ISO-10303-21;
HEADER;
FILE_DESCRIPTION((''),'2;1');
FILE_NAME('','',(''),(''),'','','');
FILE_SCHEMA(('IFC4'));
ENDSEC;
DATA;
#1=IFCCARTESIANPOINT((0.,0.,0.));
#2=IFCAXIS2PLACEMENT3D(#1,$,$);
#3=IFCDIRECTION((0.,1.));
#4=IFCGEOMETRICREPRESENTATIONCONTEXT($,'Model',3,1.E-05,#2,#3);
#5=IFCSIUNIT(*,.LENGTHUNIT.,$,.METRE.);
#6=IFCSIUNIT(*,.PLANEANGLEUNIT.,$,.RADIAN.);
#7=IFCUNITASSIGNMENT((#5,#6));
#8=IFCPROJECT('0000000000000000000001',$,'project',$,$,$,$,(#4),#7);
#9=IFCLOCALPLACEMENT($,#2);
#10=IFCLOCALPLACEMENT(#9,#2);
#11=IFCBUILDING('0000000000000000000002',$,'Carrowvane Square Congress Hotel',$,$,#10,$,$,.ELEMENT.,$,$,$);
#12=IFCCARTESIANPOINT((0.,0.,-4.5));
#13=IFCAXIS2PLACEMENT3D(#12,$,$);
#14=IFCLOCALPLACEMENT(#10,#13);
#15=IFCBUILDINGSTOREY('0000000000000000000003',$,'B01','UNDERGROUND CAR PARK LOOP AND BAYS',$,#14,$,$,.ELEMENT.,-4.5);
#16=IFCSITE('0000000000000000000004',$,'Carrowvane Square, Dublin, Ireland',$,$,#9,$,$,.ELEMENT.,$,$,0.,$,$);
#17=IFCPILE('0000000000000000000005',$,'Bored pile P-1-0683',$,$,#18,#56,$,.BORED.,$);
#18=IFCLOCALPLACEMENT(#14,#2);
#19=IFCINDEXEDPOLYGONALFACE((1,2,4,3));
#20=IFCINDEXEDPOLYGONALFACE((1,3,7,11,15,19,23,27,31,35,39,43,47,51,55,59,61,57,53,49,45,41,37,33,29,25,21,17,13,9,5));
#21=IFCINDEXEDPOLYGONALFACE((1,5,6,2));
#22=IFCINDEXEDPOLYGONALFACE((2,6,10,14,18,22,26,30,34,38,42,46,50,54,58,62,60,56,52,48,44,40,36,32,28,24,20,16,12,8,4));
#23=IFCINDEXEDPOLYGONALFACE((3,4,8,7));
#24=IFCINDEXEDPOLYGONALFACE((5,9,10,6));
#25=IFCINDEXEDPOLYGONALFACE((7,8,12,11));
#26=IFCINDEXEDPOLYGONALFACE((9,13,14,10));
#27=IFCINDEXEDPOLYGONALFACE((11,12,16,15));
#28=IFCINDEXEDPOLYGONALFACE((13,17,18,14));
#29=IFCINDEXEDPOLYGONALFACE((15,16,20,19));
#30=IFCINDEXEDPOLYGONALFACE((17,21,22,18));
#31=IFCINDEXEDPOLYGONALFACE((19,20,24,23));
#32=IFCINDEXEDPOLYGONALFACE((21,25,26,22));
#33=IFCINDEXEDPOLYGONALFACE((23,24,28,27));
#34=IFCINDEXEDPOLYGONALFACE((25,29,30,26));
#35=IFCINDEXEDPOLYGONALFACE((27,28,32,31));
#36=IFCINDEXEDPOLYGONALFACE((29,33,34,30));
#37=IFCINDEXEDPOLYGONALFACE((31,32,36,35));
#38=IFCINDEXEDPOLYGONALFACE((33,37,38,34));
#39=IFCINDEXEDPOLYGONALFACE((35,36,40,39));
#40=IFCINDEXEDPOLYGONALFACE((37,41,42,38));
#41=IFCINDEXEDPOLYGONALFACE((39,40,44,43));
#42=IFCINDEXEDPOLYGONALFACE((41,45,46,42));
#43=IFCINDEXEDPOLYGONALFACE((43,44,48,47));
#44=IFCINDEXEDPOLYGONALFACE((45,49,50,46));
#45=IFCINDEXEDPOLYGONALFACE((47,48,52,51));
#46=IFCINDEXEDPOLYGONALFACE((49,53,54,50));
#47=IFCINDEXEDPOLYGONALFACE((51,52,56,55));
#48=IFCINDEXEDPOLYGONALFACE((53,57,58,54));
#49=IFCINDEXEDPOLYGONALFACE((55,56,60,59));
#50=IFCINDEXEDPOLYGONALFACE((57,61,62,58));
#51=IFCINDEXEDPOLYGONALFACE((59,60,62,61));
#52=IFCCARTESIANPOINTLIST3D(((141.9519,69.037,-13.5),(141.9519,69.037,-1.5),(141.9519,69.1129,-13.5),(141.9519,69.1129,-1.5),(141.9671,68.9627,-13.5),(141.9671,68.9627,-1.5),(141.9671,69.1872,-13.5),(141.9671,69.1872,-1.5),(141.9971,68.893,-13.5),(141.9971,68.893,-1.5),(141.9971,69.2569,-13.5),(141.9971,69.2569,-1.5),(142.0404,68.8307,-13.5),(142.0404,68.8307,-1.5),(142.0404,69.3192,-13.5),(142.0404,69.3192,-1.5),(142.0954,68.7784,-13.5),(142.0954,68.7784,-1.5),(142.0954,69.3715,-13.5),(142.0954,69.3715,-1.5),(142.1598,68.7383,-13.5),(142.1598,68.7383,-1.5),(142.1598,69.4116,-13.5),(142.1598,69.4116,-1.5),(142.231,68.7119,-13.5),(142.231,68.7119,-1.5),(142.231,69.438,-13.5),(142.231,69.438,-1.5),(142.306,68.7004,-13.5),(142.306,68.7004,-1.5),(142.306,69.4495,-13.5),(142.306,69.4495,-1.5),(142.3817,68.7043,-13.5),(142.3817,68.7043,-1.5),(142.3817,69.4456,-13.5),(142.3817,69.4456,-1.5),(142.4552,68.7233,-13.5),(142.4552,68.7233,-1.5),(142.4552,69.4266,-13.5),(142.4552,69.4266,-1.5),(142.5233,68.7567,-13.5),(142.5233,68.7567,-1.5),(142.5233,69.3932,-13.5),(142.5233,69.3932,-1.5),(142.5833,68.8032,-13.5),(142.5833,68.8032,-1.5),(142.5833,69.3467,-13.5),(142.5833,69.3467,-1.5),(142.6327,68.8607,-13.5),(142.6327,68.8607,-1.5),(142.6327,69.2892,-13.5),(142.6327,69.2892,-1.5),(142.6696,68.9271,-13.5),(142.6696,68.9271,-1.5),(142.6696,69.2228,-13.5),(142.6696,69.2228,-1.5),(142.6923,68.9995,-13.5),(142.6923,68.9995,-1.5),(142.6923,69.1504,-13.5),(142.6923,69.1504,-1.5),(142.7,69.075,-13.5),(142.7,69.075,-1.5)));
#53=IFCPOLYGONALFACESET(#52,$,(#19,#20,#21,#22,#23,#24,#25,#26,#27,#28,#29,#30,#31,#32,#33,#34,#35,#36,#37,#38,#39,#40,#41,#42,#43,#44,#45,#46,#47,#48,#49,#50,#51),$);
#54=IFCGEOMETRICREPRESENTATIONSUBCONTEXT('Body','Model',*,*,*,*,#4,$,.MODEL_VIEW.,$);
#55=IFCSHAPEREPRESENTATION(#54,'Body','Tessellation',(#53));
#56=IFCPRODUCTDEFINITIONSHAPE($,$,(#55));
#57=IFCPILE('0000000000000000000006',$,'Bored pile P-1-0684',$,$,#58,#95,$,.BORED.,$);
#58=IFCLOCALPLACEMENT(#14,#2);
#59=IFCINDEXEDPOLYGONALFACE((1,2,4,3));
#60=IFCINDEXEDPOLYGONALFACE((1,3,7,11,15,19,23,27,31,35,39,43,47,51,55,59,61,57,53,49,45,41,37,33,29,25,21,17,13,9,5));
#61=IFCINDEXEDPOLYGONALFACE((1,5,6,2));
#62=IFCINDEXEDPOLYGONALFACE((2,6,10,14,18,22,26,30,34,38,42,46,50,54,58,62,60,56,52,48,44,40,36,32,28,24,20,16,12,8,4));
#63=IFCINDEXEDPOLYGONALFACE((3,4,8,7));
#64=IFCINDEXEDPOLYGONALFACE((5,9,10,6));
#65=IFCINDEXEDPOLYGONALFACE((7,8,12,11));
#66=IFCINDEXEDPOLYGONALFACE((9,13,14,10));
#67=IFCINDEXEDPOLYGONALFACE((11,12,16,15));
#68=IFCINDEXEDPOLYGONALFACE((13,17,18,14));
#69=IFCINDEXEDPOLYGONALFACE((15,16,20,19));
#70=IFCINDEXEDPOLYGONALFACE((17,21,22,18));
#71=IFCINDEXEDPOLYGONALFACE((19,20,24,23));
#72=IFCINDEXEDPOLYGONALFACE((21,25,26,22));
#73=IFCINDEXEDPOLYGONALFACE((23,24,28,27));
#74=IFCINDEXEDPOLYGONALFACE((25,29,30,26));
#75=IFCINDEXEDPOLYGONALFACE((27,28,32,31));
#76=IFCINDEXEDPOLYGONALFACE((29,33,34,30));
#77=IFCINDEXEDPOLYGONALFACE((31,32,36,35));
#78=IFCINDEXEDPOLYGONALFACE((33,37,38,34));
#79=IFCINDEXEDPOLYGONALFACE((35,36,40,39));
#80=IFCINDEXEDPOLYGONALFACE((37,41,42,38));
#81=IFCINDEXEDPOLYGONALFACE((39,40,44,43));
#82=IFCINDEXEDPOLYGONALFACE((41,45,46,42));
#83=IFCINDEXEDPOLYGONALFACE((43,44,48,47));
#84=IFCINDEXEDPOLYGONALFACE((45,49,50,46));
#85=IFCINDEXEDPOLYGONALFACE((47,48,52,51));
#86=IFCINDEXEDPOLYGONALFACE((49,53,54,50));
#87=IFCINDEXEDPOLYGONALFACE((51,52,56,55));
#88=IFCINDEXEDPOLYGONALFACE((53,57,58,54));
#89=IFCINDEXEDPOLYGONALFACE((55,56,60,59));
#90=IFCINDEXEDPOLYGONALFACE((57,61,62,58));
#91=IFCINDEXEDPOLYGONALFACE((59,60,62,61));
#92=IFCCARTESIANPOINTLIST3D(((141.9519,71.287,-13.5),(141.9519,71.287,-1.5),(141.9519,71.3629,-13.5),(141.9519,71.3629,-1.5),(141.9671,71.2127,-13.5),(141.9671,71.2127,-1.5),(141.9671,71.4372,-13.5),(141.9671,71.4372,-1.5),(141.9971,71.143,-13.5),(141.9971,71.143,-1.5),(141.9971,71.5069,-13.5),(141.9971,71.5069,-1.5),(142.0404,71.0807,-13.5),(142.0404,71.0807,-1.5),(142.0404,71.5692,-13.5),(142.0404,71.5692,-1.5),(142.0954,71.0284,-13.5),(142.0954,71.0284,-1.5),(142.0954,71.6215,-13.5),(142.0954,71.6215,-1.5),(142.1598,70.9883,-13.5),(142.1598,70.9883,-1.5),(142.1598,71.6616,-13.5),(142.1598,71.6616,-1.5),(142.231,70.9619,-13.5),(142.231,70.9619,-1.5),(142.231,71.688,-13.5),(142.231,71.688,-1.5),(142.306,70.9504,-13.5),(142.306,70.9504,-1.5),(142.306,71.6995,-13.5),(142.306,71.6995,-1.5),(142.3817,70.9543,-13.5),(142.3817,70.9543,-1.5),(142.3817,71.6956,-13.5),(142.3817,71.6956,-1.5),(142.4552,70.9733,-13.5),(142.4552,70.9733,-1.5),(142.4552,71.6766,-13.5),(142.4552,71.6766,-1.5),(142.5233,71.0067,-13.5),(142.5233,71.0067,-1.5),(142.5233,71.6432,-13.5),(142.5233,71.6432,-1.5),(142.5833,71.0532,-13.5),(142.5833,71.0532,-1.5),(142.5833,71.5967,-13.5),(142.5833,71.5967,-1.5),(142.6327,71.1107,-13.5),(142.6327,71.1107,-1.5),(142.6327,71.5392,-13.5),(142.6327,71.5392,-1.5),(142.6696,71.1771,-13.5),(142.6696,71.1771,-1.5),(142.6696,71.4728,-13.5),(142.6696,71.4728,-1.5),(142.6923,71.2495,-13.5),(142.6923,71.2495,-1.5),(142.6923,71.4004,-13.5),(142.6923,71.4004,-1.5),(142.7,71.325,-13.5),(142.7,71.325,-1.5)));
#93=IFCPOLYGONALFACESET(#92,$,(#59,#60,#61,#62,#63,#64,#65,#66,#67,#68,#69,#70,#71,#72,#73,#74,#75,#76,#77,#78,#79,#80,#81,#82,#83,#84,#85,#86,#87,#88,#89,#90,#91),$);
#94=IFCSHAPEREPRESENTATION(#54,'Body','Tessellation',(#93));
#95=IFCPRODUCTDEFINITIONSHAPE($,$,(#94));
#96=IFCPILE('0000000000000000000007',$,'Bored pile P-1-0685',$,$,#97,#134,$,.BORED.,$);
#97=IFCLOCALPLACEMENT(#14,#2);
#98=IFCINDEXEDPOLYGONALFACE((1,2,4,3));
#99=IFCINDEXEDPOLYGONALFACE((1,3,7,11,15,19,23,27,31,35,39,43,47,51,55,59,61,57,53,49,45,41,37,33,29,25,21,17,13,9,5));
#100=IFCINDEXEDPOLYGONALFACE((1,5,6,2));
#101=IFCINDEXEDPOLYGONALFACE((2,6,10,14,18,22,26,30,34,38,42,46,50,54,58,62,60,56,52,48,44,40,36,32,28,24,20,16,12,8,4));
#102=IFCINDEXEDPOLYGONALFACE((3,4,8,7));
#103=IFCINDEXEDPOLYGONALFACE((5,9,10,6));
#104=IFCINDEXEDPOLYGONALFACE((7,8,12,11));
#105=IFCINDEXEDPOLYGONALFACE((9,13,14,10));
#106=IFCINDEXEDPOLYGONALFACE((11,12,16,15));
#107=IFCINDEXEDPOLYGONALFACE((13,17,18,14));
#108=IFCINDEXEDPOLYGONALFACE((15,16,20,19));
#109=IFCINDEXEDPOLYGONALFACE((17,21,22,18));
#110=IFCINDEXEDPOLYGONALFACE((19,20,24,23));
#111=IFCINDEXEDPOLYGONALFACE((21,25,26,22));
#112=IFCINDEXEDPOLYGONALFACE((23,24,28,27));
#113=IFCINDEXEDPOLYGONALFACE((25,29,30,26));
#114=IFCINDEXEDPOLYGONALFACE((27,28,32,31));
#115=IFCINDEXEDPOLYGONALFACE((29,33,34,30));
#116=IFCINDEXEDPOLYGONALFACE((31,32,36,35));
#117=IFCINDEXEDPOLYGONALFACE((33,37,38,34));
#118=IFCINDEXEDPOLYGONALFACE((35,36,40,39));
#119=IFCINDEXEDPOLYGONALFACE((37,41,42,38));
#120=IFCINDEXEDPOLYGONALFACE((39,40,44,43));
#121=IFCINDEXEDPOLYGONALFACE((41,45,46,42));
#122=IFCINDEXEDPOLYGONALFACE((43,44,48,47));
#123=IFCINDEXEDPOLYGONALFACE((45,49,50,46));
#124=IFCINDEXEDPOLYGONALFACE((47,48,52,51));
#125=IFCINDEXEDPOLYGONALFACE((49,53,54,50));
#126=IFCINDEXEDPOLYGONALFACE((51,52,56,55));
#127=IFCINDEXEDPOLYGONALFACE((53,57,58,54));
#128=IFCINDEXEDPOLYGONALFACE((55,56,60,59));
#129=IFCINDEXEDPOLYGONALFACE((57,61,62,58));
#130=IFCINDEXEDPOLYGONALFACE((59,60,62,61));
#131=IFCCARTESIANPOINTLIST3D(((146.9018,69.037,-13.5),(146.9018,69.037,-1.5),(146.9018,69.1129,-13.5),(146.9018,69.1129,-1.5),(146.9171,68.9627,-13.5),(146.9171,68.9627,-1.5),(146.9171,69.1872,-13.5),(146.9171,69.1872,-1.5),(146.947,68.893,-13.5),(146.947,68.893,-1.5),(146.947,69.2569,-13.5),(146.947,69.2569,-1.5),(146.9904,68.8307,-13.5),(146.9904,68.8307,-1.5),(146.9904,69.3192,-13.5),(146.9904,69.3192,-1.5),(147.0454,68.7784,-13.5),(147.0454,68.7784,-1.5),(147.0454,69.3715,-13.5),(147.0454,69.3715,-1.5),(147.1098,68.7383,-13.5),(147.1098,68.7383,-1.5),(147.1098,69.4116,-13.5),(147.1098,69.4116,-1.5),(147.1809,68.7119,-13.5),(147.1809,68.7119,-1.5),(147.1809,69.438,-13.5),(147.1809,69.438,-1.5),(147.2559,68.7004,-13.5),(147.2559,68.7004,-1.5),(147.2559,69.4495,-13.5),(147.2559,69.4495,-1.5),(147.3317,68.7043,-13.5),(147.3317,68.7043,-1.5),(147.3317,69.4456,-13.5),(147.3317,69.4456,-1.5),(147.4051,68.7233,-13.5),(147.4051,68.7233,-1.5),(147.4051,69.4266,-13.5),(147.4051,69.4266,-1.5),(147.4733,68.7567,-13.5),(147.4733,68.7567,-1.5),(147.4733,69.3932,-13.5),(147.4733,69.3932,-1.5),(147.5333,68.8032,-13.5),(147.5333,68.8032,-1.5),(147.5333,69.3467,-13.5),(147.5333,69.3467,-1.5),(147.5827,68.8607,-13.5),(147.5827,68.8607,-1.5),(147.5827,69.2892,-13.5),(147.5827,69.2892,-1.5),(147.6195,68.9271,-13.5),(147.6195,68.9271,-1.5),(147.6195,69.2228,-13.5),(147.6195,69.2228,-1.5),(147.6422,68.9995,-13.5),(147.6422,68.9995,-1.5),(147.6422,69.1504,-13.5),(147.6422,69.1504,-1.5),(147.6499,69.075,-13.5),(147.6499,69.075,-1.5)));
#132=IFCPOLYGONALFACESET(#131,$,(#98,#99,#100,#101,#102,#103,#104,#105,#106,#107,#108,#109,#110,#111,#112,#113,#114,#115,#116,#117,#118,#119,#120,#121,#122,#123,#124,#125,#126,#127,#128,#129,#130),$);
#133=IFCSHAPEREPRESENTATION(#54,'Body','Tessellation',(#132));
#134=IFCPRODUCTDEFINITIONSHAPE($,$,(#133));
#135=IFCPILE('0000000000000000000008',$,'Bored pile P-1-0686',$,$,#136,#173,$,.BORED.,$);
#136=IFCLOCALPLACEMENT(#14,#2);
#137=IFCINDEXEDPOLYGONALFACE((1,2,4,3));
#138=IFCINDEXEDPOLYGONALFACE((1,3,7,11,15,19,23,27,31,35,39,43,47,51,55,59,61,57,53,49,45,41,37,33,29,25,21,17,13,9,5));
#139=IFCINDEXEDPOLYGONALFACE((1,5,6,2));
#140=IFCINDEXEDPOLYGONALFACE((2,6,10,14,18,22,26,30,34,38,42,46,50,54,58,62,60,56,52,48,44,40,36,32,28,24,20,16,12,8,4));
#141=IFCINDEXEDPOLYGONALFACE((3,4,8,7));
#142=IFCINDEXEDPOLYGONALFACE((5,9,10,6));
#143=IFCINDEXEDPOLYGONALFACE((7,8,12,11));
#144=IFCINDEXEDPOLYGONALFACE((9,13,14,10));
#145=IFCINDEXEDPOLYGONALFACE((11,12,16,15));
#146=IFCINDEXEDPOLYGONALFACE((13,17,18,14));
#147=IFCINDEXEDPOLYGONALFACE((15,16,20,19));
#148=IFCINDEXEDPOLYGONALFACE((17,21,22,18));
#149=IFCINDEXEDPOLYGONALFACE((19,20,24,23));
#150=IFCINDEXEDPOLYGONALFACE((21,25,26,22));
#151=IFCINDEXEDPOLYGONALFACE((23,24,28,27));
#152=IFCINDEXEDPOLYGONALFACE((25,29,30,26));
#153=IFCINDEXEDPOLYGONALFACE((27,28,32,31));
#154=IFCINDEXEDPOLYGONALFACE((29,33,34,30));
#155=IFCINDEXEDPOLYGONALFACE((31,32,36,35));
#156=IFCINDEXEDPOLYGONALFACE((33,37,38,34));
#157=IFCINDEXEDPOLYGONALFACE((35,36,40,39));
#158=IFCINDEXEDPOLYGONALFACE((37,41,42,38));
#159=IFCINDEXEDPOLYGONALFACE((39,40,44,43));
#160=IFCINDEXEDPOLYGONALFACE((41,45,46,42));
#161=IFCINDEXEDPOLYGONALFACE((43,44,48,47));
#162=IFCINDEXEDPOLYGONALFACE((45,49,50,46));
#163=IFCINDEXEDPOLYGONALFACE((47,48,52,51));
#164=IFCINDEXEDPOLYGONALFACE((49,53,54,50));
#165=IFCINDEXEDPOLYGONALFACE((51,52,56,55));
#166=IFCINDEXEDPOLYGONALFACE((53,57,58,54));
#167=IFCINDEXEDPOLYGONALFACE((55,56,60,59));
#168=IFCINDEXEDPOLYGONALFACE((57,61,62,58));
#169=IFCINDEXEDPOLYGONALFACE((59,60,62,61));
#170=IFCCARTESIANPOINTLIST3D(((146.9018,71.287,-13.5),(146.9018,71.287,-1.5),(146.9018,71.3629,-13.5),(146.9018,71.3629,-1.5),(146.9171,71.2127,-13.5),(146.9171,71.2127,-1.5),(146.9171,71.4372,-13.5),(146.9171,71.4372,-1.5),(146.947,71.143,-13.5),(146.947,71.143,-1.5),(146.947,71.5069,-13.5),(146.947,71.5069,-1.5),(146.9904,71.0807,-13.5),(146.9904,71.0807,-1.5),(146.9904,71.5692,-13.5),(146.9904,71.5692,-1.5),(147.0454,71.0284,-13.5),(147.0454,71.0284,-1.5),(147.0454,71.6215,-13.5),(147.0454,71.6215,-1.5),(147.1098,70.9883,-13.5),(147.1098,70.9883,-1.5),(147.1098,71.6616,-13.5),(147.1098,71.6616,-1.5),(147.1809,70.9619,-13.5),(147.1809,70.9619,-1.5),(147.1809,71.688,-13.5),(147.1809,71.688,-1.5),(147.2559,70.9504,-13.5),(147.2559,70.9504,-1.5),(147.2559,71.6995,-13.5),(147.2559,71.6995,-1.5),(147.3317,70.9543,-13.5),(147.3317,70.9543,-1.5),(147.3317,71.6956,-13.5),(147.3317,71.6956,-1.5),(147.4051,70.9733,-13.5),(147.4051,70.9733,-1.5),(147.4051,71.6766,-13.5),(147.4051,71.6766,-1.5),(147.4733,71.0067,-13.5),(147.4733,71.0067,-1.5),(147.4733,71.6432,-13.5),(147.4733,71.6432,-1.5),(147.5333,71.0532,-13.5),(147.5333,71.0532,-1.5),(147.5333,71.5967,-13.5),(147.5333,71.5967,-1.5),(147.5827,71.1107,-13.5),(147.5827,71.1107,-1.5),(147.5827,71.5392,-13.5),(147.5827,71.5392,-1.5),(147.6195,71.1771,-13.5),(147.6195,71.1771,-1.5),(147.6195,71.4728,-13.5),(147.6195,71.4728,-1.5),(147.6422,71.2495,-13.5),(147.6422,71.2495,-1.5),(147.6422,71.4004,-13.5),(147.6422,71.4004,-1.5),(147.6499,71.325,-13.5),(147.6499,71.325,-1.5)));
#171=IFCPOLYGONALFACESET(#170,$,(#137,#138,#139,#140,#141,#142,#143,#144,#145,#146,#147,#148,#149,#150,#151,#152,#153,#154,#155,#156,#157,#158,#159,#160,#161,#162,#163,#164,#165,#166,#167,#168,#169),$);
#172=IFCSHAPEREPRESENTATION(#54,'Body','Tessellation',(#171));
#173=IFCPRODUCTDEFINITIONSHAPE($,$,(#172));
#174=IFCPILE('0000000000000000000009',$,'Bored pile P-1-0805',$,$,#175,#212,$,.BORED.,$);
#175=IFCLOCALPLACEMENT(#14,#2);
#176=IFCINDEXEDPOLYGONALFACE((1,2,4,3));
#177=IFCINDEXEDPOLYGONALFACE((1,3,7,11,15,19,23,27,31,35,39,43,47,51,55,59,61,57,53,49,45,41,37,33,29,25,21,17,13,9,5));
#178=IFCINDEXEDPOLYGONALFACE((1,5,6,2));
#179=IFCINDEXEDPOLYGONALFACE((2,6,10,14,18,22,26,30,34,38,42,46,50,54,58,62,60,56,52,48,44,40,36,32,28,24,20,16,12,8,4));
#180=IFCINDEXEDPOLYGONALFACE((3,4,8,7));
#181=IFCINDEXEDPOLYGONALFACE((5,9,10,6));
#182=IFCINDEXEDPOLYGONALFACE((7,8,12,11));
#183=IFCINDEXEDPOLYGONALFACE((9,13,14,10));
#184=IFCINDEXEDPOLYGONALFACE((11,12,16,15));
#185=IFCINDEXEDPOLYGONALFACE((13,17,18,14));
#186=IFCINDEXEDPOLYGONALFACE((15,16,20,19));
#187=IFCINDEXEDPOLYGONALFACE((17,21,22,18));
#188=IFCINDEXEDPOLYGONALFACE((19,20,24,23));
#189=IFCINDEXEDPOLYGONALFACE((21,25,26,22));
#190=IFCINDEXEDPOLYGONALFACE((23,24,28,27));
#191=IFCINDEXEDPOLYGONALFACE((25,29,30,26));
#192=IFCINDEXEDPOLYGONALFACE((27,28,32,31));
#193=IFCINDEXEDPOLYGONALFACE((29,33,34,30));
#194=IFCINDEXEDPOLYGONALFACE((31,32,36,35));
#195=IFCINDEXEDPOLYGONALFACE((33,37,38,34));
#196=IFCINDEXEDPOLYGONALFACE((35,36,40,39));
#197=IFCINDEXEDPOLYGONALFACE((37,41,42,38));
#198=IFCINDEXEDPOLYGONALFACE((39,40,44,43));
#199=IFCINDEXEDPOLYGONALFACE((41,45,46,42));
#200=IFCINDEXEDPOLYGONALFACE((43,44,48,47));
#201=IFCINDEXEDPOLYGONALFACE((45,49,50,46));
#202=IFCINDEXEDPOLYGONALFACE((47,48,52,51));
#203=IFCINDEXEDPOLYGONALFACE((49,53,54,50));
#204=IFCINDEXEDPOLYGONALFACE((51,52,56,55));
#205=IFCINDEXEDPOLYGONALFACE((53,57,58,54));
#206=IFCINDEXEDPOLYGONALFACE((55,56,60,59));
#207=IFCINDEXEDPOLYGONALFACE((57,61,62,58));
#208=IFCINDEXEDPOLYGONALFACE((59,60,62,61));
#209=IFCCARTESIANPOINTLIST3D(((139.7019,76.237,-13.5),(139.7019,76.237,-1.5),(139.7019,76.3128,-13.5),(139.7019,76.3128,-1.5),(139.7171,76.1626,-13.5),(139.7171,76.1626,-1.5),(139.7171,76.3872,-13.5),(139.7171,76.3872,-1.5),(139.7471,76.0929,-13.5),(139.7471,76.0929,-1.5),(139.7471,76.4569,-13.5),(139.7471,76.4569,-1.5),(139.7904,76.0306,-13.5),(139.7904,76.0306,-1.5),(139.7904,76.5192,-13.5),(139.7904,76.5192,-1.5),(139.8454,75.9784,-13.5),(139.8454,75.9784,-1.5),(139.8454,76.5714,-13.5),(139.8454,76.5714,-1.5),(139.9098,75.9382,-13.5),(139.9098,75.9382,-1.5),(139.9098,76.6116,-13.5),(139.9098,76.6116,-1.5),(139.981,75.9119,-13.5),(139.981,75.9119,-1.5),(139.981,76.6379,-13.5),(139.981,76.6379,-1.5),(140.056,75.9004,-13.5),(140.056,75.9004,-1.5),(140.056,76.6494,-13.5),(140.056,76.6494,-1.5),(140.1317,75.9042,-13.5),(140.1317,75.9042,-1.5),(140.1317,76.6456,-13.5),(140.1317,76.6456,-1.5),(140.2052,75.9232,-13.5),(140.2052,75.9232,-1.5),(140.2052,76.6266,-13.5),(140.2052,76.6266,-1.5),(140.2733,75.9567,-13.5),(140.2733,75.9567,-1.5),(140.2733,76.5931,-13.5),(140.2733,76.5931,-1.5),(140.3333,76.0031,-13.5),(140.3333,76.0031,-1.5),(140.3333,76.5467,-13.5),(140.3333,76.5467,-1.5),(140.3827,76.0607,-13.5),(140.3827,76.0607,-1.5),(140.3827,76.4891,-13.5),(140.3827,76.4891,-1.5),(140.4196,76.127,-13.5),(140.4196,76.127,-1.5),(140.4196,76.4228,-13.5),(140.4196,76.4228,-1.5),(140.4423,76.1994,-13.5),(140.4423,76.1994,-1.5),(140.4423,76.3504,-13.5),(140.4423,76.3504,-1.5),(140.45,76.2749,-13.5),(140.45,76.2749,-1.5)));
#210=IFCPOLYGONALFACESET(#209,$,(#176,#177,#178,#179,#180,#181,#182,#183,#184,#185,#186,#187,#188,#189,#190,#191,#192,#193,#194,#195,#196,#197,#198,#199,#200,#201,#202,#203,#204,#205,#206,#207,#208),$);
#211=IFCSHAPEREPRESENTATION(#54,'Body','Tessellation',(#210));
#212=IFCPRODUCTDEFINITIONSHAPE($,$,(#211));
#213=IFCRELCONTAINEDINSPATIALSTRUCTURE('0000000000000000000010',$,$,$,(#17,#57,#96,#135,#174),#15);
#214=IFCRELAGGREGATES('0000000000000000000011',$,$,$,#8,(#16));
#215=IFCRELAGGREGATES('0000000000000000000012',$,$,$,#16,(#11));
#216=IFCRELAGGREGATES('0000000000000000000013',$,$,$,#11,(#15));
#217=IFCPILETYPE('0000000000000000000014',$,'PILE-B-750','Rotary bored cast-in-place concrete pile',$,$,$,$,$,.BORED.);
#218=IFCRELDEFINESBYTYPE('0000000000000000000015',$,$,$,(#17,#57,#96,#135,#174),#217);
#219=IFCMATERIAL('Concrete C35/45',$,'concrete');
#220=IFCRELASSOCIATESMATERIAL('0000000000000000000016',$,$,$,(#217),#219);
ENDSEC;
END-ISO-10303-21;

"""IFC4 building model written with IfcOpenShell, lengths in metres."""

from ifc_helpers import new_model, si_unit, direction, frame, origin, origin_2d, place, context, subcontext, project, spatial, circle, extrude, material, material_profile, profile_set, type_object, element, save


model = new_model("IFC4")

# Units and contexts
model_context = context("Model", 3, precision=1e-05, world=origin(), true_north=direction((0.0, 1.0)))
body_context = subcontext(model_context, "Body", "Model", "MODEL_VIEW")
ifc_project = project(units=[si_unit("LENGTHUNIT", "METRE"), si_unit("PLANEANGLEUNIT", "RADIAN")], contexts=[model_context])

# Site, building, storey
site_placement = place(None, origin())
site = spatial("IfcSite", under=ifc_project, at=site_placement, Name="Carrowvane Square, Dublin, Ireland", CompositionType="ELEMENT", RefElevation=0.0)
building_placement = place(site_placement, origin())
building = spatial("IfcBuilding", under=site, at=building_placement, Name="Carrowvane Square Congress Hotel", CompositionType="ELEMENT")
storey_placement = place(building_placement, frame((0.0, 0.0, -4.5)))
storey = spatial("IfcBuildingStorey", under=building, at=storey_placement, Name="B01", Description="UNDERGROUND CAR PARK LOOP AND BAYS", CompositionType="ELEMENT", Elevation=-4.5)

# Piles
ifc_material_1 = material(Name="Concrete C35/45", Category="concrete")
ifc_material_profile_1 = material_profile(ifc_material_1, circle(Radius=0.375, at=origin_2d()), Name="PILE D750")
ifc_profile_set_1 = profile_set([ifc_material_profile_1], Name="Concrete C35/45")
pile_type = type_object("IfcPileType", Name="PILE-B-750", Description="Rotary bored cast-in-place concrete pile", PredefinedType="BORED", material=ifc_profile_set_1)
for number, where, z_axis, x_axis, name in (
    (1, (142.325, 69.075, -1.5), (0.0, 0.0, -1.0), (1.0, 0.0, 0.0), "Bored pile P-1-0683"),
    (2, (142.325, 71.325, -1.5), (0.0, 0.0, -1.0), (1.0, 0.0, 0.0), "Bored pile P-1-0684"),
    (3, (147.2749, 69.075, -1.5), (0.0, 0.0, -1.0), (1.0, 0.0, 0.0), "Bored pile P-1-0685"),
    (4, (147.2749, 71.325, -1.5), (0.0, 0.0, -1.0), (1.0, 0.0, 0.0), "Bored pile P-1-0686"),
    (5, (140.075, 76.2749, -1.5), (0.0, 0.0, -1.0), (1.0, 0.0, 0.0), "Bored pile P-1-0805"),
):
    element("IfcPile", number, at=place(storey_placement, frame(where, z_axis=z_axis, x_axis=x_axis)), inside=storey, type_object=pile_type, Name=name, PredefinedType="BORED", context=body_context, shape_type="SweptSolid", body=[
        extrude(circle(Radius=0.375, at=origin_2d()), origin(), (0.0, 0.0, 1.0), 12.0),
    ])

save(model, "model.ifc")
